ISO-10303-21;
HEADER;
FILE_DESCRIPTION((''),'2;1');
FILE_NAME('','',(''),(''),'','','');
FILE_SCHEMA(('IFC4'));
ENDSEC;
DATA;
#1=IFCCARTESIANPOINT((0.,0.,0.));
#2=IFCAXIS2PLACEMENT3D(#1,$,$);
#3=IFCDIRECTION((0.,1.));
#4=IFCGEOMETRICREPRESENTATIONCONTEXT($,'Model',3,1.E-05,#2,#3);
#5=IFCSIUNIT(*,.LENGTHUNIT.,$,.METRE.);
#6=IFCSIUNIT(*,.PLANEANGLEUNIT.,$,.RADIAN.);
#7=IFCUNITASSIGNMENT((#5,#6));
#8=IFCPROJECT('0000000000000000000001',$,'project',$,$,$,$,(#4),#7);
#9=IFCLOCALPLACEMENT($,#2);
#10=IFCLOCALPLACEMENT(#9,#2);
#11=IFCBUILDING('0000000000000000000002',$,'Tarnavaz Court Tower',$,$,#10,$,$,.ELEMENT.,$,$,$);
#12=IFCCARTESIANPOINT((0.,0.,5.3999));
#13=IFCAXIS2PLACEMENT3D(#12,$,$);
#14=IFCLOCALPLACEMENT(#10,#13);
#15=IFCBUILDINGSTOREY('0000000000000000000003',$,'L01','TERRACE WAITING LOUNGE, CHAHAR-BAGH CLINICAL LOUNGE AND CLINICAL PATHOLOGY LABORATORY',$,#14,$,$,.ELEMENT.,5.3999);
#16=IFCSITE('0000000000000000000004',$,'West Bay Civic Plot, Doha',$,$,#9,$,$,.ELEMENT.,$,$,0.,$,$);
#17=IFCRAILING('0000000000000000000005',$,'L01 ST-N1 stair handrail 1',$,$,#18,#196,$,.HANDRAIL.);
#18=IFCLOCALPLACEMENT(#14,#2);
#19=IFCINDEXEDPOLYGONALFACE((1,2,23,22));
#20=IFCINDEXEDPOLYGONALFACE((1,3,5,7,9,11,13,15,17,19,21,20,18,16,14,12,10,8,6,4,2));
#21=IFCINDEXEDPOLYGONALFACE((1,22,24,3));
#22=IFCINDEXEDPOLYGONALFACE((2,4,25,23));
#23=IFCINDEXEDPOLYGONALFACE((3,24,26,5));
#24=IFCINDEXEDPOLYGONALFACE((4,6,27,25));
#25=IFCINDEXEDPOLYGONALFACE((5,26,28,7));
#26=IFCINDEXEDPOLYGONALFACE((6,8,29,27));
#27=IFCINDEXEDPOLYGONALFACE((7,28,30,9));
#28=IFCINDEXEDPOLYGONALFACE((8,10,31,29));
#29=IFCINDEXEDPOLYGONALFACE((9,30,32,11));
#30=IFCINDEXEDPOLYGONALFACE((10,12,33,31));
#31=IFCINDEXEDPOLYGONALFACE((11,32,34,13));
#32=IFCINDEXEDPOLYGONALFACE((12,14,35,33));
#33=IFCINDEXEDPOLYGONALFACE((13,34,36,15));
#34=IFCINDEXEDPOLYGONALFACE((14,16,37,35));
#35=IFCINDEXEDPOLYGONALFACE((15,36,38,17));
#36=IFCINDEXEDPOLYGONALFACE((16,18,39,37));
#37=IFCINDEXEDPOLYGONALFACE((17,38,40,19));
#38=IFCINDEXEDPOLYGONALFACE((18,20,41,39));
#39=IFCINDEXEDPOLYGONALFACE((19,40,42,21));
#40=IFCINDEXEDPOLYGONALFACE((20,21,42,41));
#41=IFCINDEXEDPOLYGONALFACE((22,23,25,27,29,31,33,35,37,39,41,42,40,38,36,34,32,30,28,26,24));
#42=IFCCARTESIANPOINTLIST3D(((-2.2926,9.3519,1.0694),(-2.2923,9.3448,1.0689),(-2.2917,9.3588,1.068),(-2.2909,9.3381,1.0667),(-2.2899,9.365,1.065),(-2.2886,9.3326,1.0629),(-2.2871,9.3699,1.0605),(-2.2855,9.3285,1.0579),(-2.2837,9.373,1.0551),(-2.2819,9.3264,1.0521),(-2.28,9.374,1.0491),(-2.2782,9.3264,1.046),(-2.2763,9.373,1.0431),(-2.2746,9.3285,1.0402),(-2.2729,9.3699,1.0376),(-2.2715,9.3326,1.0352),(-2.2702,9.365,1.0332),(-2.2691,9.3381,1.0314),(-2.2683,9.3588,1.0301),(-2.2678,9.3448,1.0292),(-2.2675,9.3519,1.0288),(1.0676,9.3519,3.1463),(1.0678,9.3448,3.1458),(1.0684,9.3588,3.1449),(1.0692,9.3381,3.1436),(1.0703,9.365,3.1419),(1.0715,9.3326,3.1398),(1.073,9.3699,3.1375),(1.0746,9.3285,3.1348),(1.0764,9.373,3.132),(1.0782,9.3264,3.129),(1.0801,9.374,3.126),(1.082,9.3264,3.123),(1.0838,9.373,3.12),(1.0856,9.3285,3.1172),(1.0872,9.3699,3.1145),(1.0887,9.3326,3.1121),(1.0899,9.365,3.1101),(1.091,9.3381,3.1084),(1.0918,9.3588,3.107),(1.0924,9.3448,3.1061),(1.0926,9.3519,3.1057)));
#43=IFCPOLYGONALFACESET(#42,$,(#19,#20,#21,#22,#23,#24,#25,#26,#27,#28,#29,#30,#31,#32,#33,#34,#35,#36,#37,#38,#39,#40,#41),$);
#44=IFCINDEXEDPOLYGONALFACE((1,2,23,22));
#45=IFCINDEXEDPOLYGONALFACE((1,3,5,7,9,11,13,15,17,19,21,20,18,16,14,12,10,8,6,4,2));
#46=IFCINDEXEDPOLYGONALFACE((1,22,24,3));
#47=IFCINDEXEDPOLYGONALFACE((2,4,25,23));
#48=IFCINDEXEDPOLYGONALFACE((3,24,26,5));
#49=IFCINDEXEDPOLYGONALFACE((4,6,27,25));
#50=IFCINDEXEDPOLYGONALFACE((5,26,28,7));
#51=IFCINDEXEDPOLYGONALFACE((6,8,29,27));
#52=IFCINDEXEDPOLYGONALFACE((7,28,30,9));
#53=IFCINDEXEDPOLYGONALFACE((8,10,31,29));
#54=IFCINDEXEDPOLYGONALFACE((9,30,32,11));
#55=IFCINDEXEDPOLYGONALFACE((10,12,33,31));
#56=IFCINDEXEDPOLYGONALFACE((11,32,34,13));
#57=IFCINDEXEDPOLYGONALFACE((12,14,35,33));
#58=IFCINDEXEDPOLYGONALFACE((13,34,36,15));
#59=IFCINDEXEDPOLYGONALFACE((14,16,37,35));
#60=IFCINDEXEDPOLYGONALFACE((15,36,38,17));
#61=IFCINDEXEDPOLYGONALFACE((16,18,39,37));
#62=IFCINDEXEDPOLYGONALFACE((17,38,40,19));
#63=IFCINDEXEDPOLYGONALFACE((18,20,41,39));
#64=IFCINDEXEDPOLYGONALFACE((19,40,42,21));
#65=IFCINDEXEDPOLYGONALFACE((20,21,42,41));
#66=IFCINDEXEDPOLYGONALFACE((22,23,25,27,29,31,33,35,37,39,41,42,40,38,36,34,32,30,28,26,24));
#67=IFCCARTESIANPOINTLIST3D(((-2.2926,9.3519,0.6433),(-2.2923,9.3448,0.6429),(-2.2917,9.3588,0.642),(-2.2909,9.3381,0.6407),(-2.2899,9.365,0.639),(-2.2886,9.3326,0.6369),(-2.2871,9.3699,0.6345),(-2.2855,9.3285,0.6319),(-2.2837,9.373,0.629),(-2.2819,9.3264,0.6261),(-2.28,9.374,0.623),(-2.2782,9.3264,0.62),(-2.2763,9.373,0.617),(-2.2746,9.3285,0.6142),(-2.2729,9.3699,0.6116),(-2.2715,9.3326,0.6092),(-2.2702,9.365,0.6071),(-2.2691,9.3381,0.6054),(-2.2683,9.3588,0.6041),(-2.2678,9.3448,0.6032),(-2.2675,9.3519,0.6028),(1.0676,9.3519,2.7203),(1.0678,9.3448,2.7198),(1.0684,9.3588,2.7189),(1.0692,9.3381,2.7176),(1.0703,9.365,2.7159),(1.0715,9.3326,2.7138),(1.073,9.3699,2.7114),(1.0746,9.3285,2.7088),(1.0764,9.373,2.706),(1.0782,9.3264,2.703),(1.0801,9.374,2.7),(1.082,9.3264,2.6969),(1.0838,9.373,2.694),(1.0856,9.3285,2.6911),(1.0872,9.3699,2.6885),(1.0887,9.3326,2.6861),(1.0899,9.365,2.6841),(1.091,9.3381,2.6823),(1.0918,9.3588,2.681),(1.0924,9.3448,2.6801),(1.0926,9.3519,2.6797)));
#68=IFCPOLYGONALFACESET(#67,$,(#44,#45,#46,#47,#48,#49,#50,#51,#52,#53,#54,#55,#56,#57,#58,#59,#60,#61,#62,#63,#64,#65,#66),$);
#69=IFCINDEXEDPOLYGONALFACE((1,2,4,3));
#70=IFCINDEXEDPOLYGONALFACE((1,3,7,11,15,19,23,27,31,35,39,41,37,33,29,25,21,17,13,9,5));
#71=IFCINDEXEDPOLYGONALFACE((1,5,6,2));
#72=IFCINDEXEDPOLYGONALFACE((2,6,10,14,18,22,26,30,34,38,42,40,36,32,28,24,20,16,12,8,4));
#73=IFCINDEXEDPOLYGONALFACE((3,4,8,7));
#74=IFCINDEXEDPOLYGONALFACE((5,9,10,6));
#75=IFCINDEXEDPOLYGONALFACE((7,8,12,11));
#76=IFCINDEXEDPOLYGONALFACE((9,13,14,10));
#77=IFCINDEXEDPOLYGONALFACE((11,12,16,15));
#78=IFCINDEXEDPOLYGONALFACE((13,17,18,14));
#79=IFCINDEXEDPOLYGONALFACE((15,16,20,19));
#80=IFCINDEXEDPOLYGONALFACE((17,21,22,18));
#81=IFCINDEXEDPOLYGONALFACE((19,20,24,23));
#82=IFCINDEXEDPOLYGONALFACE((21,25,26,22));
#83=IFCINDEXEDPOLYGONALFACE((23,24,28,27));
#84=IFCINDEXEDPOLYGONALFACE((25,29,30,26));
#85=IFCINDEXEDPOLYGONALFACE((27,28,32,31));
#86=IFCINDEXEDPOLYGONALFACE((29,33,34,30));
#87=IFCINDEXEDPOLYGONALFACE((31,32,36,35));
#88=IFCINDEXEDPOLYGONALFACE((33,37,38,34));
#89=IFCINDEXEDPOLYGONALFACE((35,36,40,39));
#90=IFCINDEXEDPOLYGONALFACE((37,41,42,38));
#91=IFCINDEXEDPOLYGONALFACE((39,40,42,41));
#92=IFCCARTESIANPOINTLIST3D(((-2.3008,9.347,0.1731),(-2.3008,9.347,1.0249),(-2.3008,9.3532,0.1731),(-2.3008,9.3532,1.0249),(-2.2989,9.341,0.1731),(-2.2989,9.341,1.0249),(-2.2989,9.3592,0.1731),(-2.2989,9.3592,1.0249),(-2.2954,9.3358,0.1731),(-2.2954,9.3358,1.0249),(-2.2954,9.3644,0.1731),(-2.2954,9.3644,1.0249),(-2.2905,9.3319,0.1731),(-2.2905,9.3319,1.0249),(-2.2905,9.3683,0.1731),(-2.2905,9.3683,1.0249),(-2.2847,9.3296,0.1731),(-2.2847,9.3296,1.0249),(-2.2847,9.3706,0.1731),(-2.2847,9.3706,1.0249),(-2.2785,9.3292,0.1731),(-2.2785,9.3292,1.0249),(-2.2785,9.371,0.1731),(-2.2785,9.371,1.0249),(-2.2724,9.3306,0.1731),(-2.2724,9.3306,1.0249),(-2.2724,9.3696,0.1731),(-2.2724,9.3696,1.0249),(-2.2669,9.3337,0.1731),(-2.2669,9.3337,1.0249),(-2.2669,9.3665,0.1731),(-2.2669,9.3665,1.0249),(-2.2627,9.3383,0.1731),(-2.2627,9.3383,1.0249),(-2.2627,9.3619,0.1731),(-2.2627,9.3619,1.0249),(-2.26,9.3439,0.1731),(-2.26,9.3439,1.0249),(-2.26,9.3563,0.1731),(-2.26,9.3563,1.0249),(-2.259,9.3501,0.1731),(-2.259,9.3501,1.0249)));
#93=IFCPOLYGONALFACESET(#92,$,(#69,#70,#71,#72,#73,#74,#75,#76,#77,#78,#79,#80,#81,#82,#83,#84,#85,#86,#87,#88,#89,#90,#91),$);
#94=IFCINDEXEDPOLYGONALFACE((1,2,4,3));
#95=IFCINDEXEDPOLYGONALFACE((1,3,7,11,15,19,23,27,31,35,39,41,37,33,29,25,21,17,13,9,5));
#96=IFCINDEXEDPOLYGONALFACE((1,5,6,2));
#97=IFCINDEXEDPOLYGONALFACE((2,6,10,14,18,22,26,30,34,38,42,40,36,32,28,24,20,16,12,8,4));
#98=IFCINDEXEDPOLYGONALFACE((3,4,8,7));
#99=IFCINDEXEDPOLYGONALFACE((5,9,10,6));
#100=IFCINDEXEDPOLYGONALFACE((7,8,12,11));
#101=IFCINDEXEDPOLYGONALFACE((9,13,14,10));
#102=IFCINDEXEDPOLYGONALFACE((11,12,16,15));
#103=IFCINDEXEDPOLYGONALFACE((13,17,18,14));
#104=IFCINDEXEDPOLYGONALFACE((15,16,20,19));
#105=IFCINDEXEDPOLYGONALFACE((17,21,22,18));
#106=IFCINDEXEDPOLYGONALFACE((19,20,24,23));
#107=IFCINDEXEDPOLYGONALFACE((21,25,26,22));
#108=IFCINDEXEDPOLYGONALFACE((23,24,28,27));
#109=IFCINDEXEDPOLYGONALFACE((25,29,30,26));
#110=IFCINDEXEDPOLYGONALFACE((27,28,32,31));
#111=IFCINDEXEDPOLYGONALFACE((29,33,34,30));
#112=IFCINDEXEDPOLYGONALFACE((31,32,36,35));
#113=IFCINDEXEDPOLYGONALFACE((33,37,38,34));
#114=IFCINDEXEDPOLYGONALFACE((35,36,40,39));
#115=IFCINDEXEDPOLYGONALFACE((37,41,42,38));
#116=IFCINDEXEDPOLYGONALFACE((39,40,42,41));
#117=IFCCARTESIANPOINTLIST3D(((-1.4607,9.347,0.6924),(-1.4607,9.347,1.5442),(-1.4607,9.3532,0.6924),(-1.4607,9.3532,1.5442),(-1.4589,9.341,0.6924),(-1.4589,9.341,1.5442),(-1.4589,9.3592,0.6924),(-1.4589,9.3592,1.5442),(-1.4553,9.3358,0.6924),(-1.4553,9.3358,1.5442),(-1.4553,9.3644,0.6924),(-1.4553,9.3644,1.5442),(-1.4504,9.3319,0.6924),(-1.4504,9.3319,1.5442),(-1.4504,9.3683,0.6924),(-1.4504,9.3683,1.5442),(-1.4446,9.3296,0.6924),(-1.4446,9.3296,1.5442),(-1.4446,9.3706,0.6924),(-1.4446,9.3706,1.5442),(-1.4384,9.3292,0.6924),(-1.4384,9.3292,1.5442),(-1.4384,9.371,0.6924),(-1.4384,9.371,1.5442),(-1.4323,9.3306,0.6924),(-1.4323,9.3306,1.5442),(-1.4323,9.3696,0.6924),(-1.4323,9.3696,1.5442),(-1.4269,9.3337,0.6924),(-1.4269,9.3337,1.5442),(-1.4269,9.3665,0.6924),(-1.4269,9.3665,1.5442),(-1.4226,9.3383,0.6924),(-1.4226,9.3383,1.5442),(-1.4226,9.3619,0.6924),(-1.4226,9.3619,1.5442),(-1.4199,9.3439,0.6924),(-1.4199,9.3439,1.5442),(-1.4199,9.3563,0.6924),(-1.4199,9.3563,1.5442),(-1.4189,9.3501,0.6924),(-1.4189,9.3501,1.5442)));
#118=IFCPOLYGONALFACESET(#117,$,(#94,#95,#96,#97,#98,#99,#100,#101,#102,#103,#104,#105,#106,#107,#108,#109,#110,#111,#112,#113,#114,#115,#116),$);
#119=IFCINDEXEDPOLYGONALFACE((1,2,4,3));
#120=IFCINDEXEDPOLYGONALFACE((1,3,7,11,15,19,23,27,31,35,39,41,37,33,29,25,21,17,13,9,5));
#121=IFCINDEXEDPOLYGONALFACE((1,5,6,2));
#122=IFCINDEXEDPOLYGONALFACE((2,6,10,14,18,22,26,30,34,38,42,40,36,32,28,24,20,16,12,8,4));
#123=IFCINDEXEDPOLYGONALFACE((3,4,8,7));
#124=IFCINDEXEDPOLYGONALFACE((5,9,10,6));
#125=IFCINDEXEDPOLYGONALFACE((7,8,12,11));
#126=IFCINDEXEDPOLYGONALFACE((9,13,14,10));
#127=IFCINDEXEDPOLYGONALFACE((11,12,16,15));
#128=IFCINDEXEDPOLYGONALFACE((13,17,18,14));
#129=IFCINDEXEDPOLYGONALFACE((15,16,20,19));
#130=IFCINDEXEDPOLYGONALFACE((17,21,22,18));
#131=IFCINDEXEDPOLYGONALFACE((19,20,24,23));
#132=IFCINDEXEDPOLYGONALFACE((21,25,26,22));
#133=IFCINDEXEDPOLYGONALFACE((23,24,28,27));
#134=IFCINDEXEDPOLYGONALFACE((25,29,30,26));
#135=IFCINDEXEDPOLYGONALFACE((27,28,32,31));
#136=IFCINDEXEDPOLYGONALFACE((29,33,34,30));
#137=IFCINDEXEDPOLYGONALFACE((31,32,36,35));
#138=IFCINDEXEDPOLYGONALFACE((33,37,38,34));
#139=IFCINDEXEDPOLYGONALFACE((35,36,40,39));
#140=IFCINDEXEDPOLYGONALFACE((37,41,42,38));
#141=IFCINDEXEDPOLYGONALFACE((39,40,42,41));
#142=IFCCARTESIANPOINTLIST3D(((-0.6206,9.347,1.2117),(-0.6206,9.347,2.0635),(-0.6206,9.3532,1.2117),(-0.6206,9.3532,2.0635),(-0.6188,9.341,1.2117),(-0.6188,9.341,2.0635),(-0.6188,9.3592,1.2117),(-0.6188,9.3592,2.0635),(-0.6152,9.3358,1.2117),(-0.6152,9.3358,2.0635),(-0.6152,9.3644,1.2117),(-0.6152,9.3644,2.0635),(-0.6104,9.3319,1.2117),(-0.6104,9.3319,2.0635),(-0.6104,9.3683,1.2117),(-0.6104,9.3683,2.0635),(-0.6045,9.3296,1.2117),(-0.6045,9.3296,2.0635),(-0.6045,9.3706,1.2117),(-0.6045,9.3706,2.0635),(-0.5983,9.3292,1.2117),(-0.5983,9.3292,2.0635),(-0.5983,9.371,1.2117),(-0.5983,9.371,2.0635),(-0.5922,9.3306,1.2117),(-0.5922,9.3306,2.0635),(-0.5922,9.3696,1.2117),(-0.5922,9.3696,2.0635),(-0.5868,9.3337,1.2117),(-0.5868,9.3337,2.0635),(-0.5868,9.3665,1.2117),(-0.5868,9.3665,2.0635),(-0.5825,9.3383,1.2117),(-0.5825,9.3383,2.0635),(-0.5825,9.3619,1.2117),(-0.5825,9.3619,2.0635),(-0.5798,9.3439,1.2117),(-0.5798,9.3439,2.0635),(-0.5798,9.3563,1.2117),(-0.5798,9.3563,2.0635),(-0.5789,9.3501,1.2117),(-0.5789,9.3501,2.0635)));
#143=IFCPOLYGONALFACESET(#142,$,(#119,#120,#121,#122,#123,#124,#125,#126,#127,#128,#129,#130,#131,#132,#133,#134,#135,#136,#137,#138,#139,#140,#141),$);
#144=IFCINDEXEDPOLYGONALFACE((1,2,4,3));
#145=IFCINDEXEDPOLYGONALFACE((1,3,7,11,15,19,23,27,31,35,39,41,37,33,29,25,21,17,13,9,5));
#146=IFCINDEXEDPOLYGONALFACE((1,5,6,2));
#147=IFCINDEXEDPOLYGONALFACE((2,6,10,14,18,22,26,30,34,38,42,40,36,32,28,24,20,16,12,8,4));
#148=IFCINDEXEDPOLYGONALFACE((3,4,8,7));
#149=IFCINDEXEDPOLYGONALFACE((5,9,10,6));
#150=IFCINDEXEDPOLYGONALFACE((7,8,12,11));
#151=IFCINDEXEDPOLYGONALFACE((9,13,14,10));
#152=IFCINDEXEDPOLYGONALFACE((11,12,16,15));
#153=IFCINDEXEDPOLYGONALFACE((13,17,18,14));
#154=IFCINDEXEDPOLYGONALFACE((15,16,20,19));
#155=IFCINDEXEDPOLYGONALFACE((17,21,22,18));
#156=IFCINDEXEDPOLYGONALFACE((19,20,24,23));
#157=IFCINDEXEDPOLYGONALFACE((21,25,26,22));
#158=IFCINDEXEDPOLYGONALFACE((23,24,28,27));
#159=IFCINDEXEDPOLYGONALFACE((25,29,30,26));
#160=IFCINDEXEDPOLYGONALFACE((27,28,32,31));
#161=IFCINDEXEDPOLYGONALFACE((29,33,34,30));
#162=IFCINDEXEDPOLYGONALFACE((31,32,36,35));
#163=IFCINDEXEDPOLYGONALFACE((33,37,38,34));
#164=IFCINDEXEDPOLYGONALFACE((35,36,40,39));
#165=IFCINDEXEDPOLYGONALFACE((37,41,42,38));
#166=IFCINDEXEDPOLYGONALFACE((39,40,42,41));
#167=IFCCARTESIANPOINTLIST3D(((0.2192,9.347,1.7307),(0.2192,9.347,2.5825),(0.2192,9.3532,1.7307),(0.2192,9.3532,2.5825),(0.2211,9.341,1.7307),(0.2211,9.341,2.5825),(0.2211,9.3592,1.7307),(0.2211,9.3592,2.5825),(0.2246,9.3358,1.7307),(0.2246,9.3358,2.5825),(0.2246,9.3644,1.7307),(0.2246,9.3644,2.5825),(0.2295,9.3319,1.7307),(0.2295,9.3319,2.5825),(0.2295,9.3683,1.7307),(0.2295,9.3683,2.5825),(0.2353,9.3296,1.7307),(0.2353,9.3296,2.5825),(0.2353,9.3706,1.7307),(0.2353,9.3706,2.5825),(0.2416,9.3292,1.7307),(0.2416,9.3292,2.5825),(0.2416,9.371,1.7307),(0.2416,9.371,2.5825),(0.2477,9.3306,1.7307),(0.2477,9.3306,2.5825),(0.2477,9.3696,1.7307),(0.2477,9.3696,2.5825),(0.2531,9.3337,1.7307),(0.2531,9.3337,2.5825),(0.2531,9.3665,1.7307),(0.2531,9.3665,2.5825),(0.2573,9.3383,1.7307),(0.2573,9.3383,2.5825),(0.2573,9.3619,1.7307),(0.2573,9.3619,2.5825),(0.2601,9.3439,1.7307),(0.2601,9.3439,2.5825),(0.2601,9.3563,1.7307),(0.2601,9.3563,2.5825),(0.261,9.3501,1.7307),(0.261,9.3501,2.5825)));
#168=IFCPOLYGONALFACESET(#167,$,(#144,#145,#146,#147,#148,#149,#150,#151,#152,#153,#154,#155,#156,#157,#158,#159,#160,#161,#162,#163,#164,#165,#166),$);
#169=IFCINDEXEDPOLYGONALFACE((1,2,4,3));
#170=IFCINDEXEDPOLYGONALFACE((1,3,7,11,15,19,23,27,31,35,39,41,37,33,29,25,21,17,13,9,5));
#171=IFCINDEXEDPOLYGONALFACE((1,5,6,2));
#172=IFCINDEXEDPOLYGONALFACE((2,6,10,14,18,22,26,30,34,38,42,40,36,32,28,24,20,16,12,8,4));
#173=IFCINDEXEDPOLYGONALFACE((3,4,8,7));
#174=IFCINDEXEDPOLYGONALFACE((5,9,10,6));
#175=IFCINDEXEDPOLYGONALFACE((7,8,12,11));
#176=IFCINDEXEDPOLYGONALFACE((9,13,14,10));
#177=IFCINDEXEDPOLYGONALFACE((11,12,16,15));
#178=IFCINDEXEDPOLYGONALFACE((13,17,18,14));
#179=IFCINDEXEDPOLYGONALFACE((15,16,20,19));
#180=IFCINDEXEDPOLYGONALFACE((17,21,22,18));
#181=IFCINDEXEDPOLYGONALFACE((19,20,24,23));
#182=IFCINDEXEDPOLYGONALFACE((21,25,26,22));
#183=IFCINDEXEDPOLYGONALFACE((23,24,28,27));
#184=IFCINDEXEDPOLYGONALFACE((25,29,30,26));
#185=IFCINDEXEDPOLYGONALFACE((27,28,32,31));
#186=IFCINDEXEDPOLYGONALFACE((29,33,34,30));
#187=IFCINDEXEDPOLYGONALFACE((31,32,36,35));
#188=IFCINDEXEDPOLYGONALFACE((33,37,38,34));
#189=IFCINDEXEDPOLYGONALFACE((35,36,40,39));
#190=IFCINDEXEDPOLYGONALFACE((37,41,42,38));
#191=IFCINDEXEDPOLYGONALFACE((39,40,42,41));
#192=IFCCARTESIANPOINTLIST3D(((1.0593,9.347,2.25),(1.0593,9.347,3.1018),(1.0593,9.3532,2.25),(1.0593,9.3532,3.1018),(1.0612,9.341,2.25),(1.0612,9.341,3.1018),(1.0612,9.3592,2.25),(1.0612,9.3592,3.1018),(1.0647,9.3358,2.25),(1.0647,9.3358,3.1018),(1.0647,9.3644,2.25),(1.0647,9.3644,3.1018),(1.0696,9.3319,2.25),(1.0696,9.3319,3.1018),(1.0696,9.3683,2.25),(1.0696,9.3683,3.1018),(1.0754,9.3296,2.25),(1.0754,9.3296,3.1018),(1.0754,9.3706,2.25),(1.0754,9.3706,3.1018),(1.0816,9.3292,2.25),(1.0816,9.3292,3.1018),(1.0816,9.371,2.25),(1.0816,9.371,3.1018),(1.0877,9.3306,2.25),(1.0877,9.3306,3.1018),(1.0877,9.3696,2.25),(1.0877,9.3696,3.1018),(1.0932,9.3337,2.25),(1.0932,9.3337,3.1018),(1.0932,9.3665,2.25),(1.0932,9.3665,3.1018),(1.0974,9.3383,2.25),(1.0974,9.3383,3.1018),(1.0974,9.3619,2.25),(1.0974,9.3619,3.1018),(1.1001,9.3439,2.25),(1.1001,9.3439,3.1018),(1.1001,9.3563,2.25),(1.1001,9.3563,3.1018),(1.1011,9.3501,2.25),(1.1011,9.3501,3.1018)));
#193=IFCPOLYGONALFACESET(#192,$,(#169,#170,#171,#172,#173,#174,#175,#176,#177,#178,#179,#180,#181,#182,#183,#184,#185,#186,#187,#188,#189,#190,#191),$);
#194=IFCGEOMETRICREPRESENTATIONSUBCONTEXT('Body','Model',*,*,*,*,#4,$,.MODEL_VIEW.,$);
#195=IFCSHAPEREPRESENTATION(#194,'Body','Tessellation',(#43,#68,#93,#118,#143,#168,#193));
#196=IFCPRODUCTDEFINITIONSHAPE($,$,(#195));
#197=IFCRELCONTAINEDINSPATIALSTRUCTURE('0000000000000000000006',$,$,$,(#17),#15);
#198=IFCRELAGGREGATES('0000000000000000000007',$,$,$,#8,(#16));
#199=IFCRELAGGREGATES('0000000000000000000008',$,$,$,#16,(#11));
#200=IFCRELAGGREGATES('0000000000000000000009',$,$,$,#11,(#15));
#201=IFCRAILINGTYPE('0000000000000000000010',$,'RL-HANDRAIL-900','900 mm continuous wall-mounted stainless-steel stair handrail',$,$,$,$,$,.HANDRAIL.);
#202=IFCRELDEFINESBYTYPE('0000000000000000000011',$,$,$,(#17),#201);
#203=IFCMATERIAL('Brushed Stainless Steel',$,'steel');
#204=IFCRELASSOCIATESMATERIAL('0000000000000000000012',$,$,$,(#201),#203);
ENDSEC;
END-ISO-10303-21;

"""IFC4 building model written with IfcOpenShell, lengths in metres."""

from ifc_helpers import new_model, si_unit, direction, frame, origin, origin_2d, place, context, subcontext, project, spatial, circle, extrude, material, type_object, element, save


model = new_model("IFC4")

# Units and contexts
model_context = context("Model", 3, precision=1e-05, world=origin(), true_north=direction((0.0, 1.0)))
body_context = subcontext(model_context, "Body", "Model", "MODEL_VIEW")
ifc_project = project(units=[si_unit("LENGTHUNIT", "METRE"), si_unit("PLANEANGLEUNIT", "RADIAN")], contexts=[model_context])

# Site, building, storey
site_placement = place(None, origin())
site = spatial("IfcSite", under=ifc_project, at=site_placement, Name="West Bay Civic Plot, Doha", CompositionType="ELEMENT", RefElevation=0.0)
building_placement = place(site_placement, origin())
building = spatial("IfcBuilding", under=site, at=building_placement, Name="Tarnavaz Court Tower", CompositionType="ELEMENT")
storey_placement = place(building_placement, frame((0.0, 0.0, 5.3999)))
storey = spatial("IfcBuildingStorey", under=building, at=storey_placement, Name="L01", Description="TERRACE WAITING LOUNGE, CHAHAR-BAGH CLINICAL LOUNGE AND CLINICAL PATHOLOGY LABORATORY", CompositionType="ELEMENT", Elevation=5.3999)

# Railing
ifc_material_1 = material(Name="Brushed Stainless Steel", Category="steel")
railing_type_1 = type_object("IfcRailingType", Name="RL-HANDRAIL-900", Description="900 mm continuous wall-mounted stainless-steel stair handrail", PredefinedType="HANDRAIL", material=ifc_material_1)
railing_1_placement = place(storey_placement, frame((-2.28, 9.3501, 0.1731)))
element("IfcRailing", 1, at=railing_1_placement, inside=storey, type_object=railing_type_1, Name="L01 ST-N1 stair handrail 1", PredefinedType="HANDRAIL", context=body_context, shape_type="SweptSolid", body=[
    extrude(circle(Radius=0.0239, at=origin_2d()), frame((0.0, 0.0, 0.876), z_axis=(0.850623, 0.0, 0.525776), x_axis=(0.0, 1.0, 0.0)), (0.0, 0.0, 1.0), 3.9502),
    extrude(circle(Radius=0.0239, at=origin_2d()), frame((0.0, 0.0, 0.45), z_axis=(0.850623, 0.0, 0.525776), x_axis=(0.0, 1.0, 0.0)), (0.0, 0.0, 1.0), 3.9502),
    extrude(circle(Radius=0.021, at=origin_2d()), origin(), (0.0, 0.0, 1.0), 0.8518),
    extrude(circle(Radius=0.021, at=origin_2d()), frame((0.8401, 0.0, 0.5193)), (0.0, 0.0, 1.0), 0.8518),
    extrude(circle(Radius=0.021, at=origin_2d()), frame((1.6802, 0.0, 1.0386)), (0.0, 0.0, 1.0), 0.8518),
    extrude(circle(Radius=0.021, at=origin_2d()), frame((2.52, 0.0, 1.5576)), (0.0, 0.0, 1.0), 0.8518),
    extrude(circle(Radius=0.021, at=origin_2d()), frame((3.3601, 0.0, 2.0769)), (0.0, 0.0, 1.0), 0.8518),
])

save(model, "model.ifc")
